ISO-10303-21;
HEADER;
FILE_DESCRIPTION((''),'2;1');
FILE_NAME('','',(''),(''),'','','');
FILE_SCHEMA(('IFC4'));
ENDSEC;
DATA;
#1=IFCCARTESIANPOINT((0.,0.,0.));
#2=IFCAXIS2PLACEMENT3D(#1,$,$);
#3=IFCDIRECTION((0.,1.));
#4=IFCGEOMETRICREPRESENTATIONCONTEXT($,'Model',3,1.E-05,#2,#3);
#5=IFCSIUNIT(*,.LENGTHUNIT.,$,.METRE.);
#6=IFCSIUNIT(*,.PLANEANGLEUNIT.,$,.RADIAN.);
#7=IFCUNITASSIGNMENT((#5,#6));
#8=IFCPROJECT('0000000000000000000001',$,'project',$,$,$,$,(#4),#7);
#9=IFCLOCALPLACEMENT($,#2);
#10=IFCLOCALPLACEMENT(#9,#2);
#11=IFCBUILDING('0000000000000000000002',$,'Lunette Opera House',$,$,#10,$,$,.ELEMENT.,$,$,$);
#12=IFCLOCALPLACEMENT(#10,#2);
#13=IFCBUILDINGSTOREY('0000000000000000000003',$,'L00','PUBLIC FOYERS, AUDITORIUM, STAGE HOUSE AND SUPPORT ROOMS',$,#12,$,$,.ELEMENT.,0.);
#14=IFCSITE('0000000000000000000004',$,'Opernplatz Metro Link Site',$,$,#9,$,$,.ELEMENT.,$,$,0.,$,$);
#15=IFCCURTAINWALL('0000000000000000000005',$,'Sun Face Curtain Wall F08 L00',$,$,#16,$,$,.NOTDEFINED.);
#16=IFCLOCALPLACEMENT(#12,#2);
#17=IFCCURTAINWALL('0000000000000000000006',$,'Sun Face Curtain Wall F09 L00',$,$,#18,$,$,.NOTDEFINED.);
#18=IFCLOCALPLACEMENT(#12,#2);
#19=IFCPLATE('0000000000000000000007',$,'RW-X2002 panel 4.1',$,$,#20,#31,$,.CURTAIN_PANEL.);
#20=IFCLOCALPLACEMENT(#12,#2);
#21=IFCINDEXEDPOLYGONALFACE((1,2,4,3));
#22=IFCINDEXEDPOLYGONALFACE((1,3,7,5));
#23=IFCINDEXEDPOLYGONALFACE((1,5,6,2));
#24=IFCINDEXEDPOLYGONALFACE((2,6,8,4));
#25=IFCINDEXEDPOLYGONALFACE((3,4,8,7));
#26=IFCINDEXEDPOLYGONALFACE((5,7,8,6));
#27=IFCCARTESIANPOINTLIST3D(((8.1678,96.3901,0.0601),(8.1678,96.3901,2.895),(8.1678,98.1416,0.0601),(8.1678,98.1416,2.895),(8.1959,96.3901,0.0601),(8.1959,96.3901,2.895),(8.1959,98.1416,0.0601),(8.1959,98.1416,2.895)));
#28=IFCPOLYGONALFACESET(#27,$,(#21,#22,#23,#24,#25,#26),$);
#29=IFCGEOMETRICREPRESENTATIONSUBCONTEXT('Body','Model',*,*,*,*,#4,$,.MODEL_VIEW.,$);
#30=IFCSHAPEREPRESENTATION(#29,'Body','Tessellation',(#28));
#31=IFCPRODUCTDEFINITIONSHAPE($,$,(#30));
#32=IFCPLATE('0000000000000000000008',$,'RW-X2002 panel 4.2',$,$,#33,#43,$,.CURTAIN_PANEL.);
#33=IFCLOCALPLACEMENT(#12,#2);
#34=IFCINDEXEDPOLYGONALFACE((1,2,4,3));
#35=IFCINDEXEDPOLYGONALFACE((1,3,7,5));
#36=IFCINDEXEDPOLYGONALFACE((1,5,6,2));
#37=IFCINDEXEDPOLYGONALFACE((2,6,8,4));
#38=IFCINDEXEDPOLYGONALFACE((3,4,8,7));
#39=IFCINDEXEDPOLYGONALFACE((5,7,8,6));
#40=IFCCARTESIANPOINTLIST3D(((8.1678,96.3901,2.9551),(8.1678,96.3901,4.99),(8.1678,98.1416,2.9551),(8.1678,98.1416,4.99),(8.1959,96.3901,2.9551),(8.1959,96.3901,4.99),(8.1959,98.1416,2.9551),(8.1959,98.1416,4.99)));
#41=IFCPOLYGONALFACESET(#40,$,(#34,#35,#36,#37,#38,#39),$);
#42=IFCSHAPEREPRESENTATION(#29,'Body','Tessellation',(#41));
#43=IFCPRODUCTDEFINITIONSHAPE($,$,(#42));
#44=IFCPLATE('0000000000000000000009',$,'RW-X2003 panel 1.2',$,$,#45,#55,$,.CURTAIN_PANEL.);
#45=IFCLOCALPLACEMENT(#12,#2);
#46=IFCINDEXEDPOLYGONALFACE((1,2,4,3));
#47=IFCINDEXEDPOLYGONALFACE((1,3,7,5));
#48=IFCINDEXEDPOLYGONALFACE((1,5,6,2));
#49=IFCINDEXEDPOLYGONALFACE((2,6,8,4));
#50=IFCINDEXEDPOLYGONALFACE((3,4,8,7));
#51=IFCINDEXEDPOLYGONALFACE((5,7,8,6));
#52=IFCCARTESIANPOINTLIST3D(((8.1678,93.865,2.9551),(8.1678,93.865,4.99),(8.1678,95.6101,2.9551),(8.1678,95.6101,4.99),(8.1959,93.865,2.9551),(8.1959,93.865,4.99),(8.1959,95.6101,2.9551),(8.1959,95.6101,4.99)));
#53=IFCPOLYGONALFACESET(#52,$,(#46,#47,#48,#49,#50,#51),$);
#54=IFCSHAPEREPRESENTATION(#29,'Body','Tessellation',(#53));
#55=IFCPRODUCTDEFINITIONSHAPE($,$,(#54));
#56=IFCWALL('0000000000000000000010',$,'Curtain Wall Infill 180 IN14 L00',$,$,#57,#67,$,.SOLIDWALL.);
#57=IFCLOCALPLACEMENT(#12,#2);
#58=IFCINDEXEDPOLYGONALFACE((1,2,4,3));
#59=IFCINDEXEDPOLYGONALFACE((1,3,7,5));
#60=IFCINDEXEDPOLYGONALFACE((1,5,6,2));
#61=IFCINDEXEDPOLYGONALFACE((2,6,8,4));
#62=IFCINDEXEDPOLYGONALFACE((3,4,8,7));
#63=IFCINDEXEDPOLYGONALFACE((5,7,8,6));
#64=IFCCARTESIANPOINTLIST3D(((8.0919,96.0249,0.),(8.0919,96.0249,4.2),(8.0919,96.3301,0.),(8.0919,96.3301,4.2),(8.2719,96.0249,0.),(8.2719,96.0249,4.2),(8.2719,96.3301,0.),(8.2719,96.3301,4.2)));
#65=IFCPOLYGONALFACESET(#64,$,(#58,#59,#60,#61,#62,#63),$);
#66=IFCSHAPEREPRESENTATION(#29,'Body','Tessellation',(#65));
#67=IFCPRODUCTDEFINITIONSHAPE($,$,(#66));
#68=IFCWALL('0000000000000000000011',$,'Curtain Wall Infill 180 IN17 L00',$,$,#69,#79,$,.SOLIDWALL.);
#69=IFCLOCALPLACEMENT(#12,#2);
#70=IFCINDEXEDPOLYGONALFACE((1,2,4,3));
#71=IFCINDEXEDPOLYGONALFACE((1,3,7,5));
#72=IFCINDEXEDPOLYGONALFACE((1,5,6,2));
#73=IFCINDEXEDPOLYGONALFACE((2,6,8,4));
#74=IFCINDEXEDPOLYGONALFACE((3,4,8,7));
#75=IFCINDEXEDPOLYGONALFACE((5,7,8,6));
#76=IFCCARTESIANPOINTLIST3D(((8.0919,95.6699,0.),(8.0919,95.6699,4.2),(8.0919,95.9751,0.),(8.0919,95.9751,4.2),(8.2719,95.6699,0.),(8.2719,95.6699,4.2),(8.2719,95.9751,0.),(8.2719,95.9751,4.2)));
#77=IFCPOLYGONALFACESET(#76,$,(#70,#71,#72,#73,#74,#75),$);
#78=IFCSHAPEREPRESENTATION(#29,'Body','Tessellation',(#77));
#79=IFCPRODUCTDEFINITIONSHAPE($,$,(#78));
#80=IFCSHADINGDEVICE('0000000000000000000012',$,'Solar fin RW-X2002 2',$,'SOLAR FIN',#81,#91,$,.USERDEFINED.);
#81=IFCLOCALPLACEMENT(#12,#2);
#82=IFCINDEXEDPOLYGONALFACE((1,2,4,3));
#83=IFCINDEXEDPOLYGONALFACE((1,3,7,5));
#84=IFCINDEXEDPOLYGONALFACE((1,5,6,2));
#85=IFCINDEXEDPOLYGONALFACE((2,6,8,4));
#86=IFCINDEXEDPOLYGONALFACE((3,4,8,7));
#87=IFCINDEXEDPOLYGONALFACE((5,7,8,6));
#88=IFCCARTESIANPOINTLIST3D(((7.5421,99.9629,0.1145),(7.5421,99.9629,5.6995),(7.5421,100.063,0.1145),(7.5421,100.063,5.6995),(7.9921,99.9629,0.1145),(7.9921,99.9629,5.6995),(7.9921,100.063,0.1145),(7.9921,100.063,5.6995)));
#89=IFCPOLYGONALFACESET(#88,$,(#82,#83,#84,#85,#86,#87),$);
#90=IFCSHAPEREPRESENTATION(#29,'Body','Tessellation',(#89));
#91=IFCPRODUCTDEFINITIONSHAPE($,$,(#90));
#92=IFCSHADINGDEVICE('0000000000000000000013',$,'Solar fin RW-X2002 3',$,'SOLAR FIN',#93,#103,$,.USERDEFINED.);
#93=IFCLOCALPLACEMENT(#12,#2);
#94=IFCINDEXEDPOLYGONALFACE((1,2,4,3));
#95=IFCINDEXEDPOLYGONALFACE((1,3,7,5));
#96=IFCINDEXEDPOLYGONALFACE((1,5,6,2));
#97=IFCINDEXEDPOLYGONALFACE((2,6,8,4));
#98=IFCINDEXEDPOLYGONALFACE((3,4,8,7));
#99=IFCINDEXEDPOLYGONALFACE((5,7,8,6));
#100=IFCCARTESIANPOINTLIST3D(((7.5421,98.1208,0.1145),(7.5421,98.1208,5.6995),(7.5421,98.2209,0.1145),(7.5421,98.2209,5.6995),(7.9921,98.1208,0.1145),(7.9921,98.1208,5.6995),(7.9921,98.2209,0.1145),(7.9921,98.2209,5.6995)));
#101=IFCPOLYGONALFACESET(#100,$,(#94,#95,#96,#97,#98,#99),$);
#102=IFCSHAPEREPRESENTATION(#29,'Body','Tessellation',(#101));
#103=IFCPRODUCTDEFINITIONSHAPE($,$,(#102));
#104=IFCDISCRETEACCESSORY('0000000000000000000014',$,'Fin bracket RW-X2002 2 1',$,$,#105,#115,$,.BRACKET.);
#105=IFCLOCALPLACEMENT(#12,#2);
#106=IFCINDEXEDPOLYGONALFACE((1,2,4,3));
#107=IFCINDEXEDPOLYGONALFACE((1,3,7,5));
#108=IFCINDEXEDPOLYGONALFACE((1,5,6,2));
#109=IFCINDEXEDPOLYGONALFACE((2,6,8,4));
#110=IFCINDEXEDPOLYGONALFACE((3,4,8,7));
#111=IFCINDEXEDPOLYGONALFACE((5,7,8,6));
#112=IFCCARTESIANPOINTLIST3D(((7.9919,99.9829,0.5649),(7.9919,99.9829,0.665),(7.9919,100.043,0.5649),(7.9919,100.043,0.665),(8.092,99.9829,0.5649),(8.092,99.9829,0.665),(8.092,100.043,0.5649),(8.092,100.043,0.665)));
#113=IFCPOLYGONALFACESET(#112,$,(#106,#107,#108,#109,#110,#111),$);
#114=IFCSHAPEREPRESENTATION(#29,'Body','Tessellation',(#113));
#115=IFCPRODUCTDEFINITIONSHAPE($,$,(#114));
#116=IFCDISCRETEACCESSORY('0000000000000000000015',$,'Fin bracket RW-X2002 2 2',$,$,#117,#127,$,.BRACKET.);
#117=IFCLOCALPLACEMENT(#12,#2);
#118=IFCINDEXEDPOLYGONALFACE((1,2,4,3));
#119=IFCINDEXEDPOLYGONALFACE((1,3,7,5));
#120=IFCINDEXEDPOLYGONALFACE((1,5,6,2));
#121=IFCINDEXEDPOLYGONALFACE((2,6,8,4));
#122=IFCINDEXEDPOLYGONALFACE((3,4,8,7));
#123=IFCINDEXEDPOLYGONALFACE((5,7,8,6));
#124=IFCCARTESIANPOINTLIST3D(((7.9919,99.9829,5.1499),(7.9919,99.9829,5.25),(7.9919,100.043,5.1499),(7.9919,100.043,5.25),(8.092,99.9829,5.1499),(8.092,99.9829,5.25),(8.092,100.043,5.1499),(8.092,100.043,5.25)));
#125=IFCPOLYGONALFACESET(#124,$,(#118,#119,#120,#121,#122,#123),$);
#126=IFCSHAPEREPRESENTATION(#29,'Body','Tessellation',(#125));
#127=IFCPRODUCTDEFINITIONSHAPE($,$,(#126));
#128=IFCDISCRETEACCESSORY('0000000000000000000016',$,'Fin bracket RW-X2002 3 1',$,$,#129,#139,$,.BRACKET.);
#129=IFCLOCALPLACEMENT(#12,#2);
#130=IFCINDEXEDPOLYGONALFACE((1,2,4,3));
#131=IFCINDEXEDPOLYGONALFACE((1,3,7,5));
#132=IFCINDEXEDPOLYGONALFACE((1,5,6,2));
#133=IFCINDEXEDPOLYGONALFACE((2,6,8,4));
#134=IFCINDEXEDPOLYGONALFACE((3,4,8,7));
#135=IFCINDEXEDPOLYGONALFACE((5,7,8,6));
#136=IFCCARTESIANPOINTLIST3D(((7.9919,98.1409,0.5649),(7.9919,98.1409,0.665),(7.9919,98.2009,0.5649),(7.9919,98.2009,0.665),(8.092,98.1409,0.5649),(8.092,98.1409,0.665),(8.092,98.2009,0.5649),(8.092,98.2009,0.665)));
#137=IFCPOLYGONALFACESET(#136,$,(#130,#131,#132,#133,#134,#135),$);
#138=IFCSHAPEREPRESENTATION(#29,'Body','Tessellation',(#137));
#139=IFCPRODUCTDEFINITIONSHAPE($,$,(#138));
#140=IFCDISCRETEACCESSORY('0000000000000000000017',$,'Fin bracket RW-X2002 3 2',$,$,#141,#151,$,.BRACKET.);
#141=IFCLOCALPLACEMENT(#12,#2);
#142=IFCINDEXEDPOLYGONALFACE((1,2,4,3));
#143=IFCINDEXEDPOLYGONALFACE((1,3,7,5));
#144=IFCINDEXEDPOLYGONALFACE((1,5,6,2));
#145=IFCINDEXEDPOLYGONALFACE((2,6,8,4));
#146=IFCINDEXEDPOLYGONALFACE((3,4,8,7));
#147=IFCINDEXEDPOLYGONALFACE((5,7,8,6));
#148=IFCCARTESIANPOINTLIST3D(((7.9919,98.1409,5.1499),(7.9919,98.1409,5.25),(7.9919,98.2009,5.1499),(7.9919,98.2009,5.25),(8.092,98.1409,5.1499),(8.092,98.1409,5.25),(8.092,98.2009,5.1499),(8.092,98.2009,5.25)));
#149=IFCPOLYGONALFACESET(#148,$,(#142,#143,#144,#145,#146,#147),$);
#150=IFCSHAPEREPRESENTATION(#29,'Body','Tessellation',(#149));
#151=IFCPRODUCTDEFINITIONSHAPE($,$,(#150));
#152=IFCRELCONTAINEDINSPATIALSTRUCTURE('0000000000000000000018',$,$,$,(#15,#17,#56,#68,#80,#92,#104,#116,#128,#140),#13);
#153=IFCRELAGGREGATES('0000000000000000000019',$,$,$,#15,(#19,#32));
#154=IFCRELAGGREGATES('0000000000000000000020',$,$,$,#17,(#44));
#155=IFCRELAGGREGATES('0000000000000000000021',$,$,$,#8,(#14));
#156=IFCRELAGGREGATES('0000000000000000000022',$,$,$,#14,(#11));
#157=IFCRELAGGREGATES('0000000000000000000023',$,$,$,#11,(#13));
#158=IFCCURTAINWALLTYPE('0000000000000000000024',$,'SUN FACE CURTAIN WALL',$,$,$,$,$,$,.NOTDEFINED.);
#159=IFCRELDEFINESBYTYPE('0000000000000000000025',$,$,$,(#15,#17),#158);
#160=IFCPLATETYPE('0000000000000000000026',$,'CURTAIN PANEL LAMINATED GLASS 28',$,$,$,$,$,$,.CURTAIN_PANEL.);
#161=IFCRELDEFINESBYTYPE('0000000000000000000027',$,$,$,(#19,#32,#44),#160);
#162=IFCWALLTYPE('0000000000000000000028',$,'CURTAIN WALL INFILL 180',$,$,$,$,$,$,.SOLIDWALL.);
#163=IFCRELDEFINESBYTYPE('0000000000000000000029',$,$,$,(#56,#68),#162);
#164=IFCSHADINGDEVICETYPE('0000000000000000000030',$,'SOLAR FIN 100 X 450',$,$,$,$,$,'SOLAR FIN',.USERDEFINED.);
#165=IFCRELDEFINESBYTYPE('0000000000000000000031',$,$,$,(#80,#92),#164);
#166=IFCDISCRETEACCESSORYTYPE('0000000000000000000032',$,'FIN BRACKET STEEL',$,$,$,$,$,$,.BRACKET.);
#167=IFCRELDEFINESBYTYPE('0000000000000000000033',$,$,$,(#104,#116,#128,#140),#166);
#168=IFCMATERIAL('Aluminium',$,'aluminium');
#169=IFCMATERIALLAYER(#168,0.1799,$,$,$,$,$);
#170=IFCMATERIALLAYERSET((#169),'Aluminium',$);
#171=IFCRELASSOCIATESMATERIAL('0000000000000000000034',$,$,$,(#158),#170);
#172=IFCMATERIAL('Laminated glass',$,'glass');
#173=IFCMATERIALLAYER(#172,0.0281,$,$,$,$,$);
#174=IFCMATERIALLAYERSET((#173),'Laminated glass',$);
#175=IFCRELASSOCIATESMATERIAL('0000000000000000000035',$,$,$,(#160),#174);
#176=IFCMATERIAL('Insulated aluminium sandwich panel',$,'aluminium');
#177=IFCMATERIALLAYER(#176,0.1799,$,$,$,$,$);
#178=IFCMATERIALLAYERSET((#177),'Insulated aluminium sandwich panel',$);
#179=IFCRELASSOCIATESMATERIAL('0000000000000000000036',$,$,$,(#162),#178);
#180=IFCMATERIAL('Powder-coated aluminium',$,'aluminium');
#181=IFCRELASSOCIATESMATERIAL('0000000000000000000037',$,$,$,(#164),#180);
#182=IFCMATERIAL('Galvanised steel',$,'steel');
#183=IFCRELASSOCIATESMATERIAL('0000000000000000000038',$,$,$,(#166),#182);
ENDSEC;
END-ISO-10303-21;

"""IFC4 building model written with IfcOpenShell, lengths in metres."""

from ifc_helpers import new_model, si_unit, direction, frame, frame_2d, origin, origin_2d, place, context, subcontext, project, spatial, rectangle, extrude, material, layer, layer_set, type_object, element, aggregate, save


model = new_model("IFC4")

# Units and contexts
model_context = context("Model", 3, precision=1e-05, world=origin(), true_north=direction((0.0, 1.0)))
body_context = subcontext(model_context, "Body", "Model", "MODEL_VIEW")
ifc_project = project(units=[si_unit("LENGTHUNIT", "METRE"), si_unit("PLANEANGLEUNIT", "RADIAN")], contexts=[model_context])

# Site, building, storey
site_placement = place(None, origin())
site = spatial("IfcSite", under=ifc_project, at=site_placement, Name="Opernplatz Metro Link Site", CompositionType="ELEMENT", RefElevation=0.0)
building_placement = place(site_placement, origin())
building = spatial("IfcBuilding", under=site, at=building_placement, Name="Lunette Opera House", CompositionType="ELEMENT")
storey_placement = place(building_placement, origin())
storey = spatial("IfcBuildingStorey", under=building, at=storey_placement, Name="L00", Description="PUBLIC FOYERS, AUDITORIUM, STAGE HOUSE AND SUPPORT ROOMS", CompositionType="ELEMENT", Elevation=0.0)

# Curtain wall
ifc_material_1 = material(Name="Aluminium", Category="aluminium")
ifc_layer_1 = layer(ifc_material_1, 0.1799)
ifc_layer_set_1 = layer_set([ifc_layer_1], Name="Aluminium")
curtain_wall_type = type_object("IfcCurtainWallType", Name="SUN FACE CURTAIN WALL", PredefinedType="NOTDEFINED", material=ifc_layer_set_1)
curtain_wall_1_placement = place(storey_placement, origin())
curtain_wall_1 = element("IfcCurtainWall", 1, at=curtain_wall_1_placement, inside=storey, type_object=curtain_wall_type, Name="Sun Face Curtain Wall F08 L00", PredefinedType="NOTDEFINED")

# Curtain wall
curtain_wall_2_placement = place(storey_placement, origin())
curtain_wall_2 = element("IfcCurtainWall", 2, at=curtain_wall_2_placement, inside=storey, type_object=curtain_wall_type, Name="Sun Face Curtain Wall F09 L00", PredefinedType="NOTDEFINED")

# Plates
ifc_material_2 = material(Name="Laminated glass", Category="glass")
ifc_layer_2 = layer(ifc_material_2, 0.0281)
ifc_layer_set_2 = layer_set([ifc_layer_2], Name="Laminated glass")
plate_type = type_object("IfcPlateType", Name="CURTAIN PANEL LAMINATED GLASS 28", PredefinedType="CURTAIN_PANEL", material=ifc_layer_set_2)
plate_1_placement = place(storey_placement, frame((8.1819, 97.2659, 0.0601), z_axis=(0.0, 0.0, 1.0), x_axis=(0.0, -1.0, 0.0)))
plate_1 = element("IfcPlate", 3, at=plate_1_placement, type_object=plate_type, Name="RW-X2002 panel 4.1", PredefinedType="CURTAIN_PANEL", context=body_context, shape_type="SweptSolid", body=[
    extrude(rectangle(XDim=1.7515, YDim=0.0281, at=origin_2d()), origin(), (0.0, 0.0, 1.0), 2.835),
])
plate_2_placement = place(storey_placement, frame((8.1819, 97.2659, 2.9551), z_axis=(0.0, 0.0, 1.0), x_axis=(0.0, -1.0, 0.0)))
plate_2 = element("IfcPlate", 4, at=plate_2_placement, type_object=plate_type, Name="RW-X2002 panel 4.2", PredefinedType="CURTAIN_PANEL", context=body_context, shape_type="SweptSolid", body=[
    extrude(rectangle(XDim=1.7515, YDim=0.0281, at=origin_2d()), origin(), (0.0, 0.0, 1.0), 2.0349),
])
aggregate(curtain_wall_1, [plate_1, plate_2])
plate_3_placement = place(storey_placement, frame((8.1819, 94.7375, 2.9551), z_axis=(0.0, 0.0, 1.0), x_axis=(0.0, -1.0, 0.0)))
plate_3 = element("IfcPlate", 5, at=plate_3_placement, type_object=plate_type, Name="RW-X2003 panel 1.2", PredefinedType="CURTAIN_PANEL", context=body_context, shape_type="SweptSolid", body=[
    extrude(rectangle(XDim=1.7451, YDim=0.0281, at=origin_2d()), origin(), (0.0, 0.0, 1.0), 2.0349),
])
aggregate(curtain_wall_2, [plate_3])

# Walls
ifc_material_3 = material(Name="Insulated aluminium sandwich panel", Category="aluminium")
ifc_layer_3 = layer(ifc_material_3, 0.1799)
ifc_layer_set_3 = layer_set([ifc_layer_3], Name="Insulated aluminium sandwich panel")
wall_type = type_object("IfcWallType", Name="CURTAIN WALL INFILL 180", PredefinedType="SOLIDWALL", material=ifc_layer_set_3)
for number, where, z_axis, x_axis, name in (
    (6, (8.1819, 96.3301, 0.0), (0.0, 0.0, 1.0), (0.0, -1.0, 0.0), "Curtain Wall Infill 180 IN14 L00"),
    (7, (8.1819, 95.6699, 0.0), (0.0, 0.0, 1.0), (0.0, 1.0, 0.0), "Curtain Wall Infill 180 IN17 L00"),
):
    element("IfcWall", number, at=place(storey_placement, frame(where, z_axis=z_axis, x_axis=x_axis)), inside=storey, type_object=wall_type, Name=name, PredefinedType="SOLIDWALL", context=body_context, shape_type="SweptSolid", body=[
        extrude(rectangle(XDim=0.3052, YDim=0.1799, at=frame_2d((0.1526, 0.0))), origin(), (0.0, 0.0, 1.0), 4.2),
    ])

# Shading devices
ifc_material_4 = material(Name="Powder-coated aluminium", Category="aluminium")
shading_device_type = type_object("IfcShadingDeviceType", Name="SOLAR FIN 100 X 450", ElementType="SOLAR FIN", PredefinedType="USERDEFINED", material=ifc_material_4)
for number, where, z_axis, x_axis, name in (
    (8, (7.7671, 100.0129, 0.1145), (0.0, 0.0, 1.0), (-1.0, 0.0, 0.0), "Solar fin RW-X2002 2"),
    (9, (7.7671, 98.1709, 0.1145), (0.0, 0.0, 1.0), (-1.0, 0.0, 0.0), "Solar fin RW-X2002 3"),
):
    element("IfcShadingDevice", number, at=place(storey_placement, frame(where, z_axis=z_axis, x_axis=x_axis)), inside=storey, type_object=shading_device_type, Name=name, ObjectType="SOLAR FIN", PredefinedType="USERDEFINED", context=body_context, shape_type="SweptSolid", body=[
        extrude(rectangle(XDim=0.45, YDim=0.1001, at=origin_2d()), origin(), (0.0, 0.0, 1.0), 5.585),
    ])

# Discrete accessories
ifc_material_5 = material(Name="Galvanised steel", Category="steel")
discrete_accessory_type = type_object("IfcDiscreteAccessoryType", Name="FIN BRACKET STEEL", PredefinedType="BRACKET", material=ifc_material_5)
for number, where, z_axis, x_axis, name in (
    (10, (8.042, 100.0129, 0.5649), (0.0, 0.0, 1.0), (-1.0, 0.0, 0.0), "Fin bracket RW-X2002 2 1"),
    (11, (8.042, 100.0129, 5.1499), (0.0, 0.0, 1.0), (-1.0, 0.0, 0.0), "Fin bracket RW-X2002 2 2"),
    (12, (8.042, 98.1709, 0.5649), (0.0, 0.0, 1.0), (-1.0, 0.0, 0.0), "Fin bracket RW-X2002 3 1"),
    (13, (8.042, 98.1709, 5.1499), (0.0, 0.0, 1.0), (-1.0, 0.0, 0.0), "Fin bracket RW-X2002 3 2"),
):
    element("IfcDiscreteAccessory", number, at=place(storey_placement, frame(where, z_axis=z_axis, x_axis=x_axis)), inside=storey, type_object=discrete_accessory_type, Name=name, PredefinedType="BRACKET", context=body_context, shape_type="SweptSolid", body=[
        extrude(rectangle(XDim=0.1001, YDim=0.0601, at=origin_2d()), origin(), (0.0, 0.0, 1.0), 0.1001),
    ])

save(model, "model.ifc")
